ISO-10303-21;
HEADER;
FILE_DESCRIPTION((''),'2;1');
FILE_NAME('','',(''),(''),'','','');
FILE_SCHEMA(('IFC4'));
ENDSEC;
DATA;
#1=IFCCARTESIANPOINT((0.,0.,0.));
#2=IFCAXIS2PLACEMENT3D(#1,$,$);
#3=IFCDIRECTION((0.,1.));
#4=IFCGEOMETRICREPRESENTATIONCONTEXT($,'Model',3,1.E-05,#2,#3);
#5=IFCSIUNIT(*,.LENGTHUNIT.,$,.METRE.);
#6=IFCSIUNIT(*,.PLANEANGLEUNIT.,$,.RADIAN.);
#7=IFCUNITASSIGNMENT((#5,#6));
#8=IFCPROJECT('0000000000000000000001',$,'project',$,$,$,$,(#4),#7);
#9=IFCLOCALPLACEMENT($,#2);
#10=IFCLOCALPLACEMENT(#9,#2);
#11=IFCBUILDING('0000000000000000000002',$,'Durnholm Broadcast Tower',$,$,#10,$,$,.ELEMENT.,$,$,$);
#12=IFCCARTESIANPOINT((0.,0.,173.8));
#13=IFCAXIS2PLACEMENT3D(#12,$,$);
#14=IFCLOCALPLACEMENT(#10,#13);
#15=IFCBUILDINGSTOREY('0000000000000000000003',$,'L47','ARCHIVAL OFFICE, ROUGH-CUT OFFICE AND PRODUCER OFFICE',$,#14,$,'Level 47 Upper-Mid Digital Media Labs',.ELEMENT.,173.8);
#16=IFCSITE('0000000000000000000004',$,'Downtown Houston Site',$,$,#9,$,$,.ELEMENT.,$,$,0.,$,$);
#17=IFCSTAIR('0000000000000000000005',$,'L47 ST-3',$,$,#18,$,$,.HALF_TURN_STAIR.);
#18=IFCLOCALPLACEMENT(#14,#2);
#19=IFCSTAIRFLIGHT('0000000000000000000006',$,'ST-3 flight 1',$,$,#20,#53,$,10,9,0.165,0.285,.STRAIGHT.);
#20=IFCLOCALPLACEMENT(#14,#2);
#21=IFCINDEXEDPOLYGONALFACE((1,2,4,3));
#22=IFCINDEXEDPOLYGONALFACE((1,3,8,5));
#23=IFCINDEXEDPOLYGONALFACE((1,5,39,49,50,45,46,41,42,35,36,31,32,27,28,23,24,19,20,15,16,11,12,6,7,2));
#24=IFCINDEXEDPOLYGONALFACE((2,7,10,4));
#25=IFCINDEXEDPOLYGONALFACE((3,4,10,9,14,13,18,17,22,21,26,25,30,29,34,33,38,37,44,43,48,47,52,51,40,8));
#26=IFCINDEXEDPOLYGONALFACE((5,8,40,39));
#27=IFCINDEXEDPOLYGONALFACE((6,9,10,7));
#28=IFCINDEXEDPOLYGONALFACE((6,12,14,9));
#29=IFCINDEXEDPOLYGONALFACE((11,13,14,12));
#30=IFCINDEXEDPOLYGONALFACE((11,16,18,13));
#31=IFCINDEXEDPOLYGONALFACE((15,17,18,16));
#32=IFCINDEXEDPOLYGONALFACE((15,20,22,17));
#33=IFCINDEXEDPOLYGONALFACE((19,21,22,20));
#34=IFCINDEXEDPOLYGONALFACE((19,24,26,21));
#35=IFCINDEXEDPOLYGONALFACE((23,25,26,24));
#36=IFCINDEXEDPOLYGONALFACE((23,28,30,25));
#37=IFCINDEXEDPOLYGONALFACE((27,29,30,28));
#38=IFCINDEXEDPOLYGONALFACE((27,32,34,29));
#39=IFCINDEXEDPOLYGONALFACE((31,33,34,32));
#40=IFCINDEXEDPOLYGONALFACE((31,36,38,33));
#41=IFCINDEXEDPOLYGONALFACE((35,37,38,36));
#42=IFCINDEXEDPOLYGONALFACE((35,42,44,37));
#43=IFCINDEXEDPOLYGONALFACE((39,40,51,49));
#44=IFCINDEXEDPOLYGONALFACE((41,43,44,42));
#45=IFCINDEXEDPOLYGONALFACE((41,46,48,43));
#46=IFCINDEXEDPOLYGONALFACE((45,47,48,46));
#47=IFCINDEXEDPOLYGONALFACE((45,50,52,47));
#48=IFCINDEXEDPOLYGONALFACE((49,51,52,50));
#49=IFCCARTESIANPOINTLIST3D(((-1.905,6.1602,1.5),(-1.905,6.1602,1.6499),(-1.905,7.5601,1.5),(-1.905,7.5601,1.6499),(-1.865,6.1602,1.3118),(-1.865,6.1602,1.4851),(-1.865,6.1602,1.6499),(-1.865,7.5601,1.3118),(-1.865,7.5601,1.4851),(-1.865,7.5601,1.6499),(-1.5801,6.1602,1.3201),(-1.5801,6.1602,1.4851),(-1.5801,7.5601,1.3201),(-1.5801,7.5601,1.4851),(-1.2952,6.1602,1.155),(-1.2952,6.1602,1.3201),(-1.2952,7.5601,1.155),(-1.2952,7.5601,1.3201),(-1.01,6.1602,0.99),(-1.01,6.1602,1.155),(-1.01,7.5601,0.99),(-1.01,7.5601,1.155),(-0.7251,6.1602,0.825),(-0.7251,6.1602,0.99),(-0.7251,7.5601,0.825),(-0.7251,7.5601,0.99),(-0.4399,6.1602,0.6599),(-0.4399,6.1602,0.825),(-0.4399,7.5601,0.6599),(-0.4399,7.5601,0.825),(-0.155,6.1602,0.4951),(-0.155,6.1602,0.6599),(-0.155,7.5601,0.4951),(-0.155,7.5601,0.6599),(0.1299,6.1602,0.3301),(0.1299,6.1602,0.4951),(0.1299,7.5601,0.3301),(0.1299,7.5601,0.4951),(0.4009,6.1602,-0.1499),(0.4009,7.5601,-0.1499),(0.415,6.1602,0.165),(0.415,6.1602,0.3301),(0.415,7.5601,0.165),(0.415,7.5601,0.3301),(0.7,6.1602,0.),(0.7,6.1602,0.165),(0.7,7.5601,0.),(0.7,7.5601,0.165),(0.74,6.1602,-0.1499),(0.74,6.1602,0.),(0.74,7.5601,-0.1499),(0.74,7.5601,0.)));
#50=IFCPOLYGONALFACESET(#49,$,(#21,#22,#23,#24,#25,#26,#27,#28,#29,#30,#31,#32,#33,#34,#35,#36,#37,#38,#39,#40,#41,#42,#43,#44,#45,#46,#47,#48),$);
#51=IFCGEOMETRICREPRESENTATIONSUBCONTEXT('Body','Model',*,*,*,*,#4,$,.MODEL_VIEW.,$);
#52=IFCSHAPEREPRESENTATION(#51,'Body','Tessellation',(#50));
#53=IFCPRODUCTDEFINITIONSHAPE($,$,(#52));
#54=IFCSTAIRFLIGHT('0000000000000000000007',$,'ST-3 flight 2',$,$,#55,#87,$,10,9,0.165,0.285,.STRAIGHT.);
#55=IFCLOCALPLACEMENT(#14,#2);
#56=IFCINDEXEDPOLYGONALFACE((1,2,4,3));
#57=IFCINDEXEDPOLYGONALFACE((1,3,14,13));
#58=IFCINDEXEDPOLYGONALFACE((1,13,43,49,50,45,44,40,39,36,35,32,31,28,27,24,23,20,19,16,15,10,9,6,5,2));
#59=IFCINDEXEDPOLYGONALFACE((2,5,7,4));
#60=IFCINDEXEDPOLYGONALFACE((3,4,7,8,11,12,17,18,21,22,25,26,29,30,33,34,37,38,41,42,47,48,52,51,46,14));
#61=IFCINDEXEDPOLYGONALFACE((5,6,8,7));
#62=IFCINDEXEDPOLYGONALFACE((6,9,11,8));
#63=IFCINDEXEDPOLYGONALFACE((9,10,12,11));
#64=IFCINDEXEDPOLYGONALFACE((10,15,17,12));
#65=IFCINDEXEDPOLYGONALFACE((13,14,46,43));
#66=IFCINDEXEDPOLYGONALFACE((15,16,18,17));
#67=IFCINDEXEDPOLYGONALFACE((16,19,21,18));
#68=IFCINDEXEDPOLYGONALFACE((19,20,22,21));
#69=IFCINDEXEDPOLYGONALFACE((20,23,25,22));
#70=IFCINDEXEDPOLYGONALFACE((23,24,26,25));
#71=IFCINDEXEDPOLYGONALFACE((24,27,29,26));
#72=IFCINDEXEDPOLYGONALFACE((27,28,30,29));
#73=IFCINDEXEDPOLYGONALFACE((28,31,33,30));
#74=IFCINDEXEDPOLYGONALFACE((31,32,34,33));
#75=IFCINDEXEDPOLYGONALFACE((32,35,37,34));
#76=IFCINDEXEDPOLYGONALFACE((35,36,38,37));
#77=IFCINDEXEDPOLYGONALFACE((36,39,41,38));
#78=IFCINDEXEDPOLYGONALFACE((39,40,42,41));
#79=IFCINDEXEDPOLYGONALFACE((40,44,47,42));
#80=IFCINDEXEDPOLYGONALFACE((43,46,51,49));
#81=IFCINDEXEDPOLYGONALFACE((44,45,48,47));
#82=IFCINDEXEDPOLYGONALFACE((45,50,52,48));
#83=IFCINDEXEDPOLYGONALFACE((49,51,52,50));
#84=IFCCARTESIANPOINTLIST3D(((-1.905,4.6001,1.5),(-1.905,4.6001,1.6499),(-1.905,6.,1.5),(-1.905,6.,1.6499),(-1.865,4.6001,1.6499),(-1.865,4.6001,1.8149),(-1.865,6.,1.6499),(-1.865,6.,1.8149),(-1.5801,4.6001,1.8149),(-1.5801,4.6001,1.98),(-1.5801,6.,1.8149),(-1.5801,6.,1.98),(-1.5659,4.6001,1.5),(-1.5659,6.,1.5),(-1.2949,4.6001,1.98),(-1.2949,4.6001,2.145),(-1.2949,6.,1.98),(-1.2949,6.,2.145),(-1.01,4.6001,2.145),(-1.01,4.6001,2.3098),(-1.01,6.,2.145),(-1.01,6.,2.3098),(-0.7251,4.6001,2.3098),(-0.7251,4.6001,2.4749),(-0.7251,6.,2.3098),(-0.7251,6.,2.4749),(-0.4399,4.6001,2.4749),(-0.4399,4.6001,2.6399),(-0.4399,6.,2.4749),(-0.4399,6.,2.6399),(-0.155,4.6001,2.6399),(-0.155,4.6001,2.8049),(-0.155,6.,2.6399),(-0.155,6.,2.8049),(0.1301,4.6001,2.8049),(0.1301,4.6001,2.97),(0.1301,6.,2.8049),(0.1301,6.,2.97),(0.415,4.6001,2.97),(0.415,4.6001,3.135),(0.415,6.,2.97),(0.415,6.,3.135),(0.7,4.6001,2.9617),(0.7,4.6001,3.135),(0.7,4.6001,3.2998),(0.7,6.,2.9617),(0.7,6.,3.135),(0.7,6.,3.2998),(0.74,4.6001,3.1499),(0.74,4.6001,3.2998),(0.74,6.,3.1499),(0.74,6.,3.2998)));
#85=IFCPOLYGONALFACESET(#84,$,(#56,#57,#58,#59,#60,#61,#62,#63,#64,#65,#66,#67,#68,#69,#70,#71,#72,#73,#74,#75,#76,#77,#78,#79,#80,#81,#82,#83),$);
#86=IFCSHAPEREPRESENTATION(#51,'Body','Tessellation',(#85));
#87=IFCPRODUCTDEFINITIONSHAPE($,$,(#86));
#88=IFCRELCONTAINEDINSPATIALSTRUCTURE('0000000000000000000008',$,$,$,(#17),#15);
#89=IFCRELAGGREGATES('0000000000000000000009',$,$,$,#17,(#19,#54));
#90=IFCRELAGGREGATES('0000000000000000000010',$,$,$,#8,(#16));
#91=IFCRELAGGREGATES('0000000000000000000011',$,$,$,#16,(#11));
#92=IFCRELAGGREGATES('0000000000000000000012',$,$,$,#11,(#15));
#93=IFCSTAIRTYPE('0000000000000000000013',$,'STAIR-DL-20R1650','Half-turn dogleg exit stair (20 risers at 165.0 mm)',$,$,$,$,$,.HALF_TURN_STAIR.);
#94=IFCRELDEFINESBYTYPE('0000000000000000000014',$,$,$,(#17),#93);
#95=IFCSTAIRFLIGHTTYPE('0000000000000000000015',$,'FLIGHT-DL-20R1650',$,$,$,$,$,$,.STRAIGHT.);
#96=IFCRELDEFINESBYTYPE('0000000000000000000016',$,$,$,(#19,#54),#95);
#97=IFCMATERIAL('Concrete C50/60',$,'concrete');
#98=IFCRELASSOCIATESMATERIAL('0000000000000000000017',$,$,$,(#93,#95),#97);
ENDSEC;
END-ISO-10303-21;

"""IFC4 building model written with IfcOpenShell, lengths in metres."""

from ifc_helpers import new_model, si_unit, direction, frame, origin, place, context, subcontext, project, spatial, polyline, outline, extrude, material, type_object, element, aggregate, save


model = new_model("IFC4")

# Units and contexts
model_context = context("Model", 3, precision=1e-05, world=origin(), true_north=direction((0.0, 1.0)))
body_context = subcontext(model_context, "Body", "Model", "MODEL_VIEW")
ifc_project = project(units=[si_unit("LENGTHUNIT", "METRE"), si_unit("PLANEANGLEUNIT", "RADIAN")], contexts=[model_context])

# Site, building, storey
site_placement = place(None, origin())
site = spatial("IfcSite", under=ifc_project, at=site_placement, Name="Downtown Houston Site", CompositionType="ELEMENT", RefElevation=0.0)
building_placement = place(site_placement, origin())
building = spatial("IfcBuilding", under=site, at=building_placement, Name="Durnholm Broadcast Tower", CompositionType="ELEMENT")
storey_placement = place(building_placement, frame((0.0, 0.0, 173.8)))
storey = spatial("IfcBuildingStorey", under=building, at=storey_placement, Name="L47", Description="ARCHIVAL OFFICE, ROUGH-CUT OFFICE AND PRODUCER OFFICE", LongName="Level 47 Upper-Mid Digital Media Labs", CompositionType="ELEMENT", Elevation=173.8)

# Stair
ifc_material_1 = material(Name="Concrete C50/60", Category="concrete")
stair_type = type_object("IfcStairType", Name="STAIR-DL-20R1650", Description="Half-turn dogleg exit stair (20 risers at 165.0 mm)", PredefinedType="HALF_TURN_STAIR", material=ifc_material_1)
stair_placement = place(storey_placement, origin())
stair = element("IfcStair", 1, at=stair_placement, inside=storey, type_object=stair_type, Name="L47 ST-3", PredefinedType="HALF_TURN_STAIR")

# Stair flights
stair_flight_type = type_object("IfcStairFlightType", Name="FLIGHT-DL-20R1650", PredefinedType="STRAIGHT", material=ifc_material_1)
stair_flight_1_placement = place(storey_placement, frame((0.7, 6.8601, 0.0), z_axis=(0.0, 0.0, 1.0), x_axis=(-1.0, 0.0, 0.0)))
stair_flight_1 = element("IfcStairFlight", 2, at=stair_flight_1_placement, type_object=stair_flight_type, Name="ST-3 flight 1", NumberOfRisers=10, NumberOfTreads=9, PredefinedType="STRAIGHT", RiserHeight=0.165, TreadLength=0.285, context=body_context, shape_type="SweptSolid", body=[
    extrude(outline(polyline([(-0.04, -0.1499), (-0.04, 0.0), (0.0, 0.0), (0.0, 0.165), (0.2849, 0.165), (0.2849, 0.3301), (0.5701, 0.3301), (0.5701, 0.4951), (0.855, 0.4951), (0.855, 0.6599), (1.1399, 0.6599), (1.1399, 0.825), (1.425, 0.825), (1.425, 0.99), (1.71, 0.99), (1.71, 1.155), (1.9951, 1.155), (1.9951, 1.3201), (2.28, 1.3201), (2.28, 1.4851), (2.5649, 1.4851), (2.5649, 1.6499), (2.605, 1.6499), (2.605, 1.5), (2.5649, 1.3118), (0.2991, -0.1499), (-0.04, -0.1499)])), frame((0.0, 0.7, 0.0), z_axis=(0.0, -1.0, 0.0), x_axis=(1.0, 0.0, 0.0)), (0.0, 0.0, 1.0), 1.3999),
])
stair_flight_2_placement = place(storey_placement, frame((-1.865, 5.3, 1.6499), z_axis=(0.0, 0.0, 1.0), x_axis=(1.0, 0.0, 0.0)))
stair_flight_2 = element("IfcStairFlight", 3, at=stair_flight_2_placement, type_object=stair_flight_type, Name="ST-3 flight 2", NumberOfRisers=10, NumberOfTreads=9, PredefinedType="STRAIGHT", RiserHeight=0.165, TreadLength=0.285, context=body_context, shape_type="SweptSolid", body=[
    extrude(outline(polyline([(-0.04, -0.1499), (-0.04, 0.0), (0.0, 0.0), (0.0, 0.165), (0.2849, 0.165), (0.2849, 0.3301), (0.5701, 0.3301), (0.5701, 0.4951), (0.855, 0.4951), (0.855, 0.6599), (1.1399, 0.6599), (1.1399, 0.825), (1.425, 0.825), (1.425, 0.99), (1.71, 0.99), (1.71, 1.155), (1.9951, 1.155), (1.9951, 1.3201), (2.28, 1.3201), (2.28, 1.4851), (2.5649, 1.4851), (2.5649, 1.6499), (2.605, 1.6499), (2.605, 1.5), (2.5649, 1.3118), (0.2991, -0.1499), (-0.04, -0.1499)])), frame((0.0, 0.7, 0.0), z_axis=(0.0, -1.0, 0.0), x_axis=(1.0, 0.0, 0.0)), (0.0, 0.0, 1.0), 1.3999),
])
aggregate(stair, [stair_flight_1, stair_flight_2])

save(model, "model.ifc")
